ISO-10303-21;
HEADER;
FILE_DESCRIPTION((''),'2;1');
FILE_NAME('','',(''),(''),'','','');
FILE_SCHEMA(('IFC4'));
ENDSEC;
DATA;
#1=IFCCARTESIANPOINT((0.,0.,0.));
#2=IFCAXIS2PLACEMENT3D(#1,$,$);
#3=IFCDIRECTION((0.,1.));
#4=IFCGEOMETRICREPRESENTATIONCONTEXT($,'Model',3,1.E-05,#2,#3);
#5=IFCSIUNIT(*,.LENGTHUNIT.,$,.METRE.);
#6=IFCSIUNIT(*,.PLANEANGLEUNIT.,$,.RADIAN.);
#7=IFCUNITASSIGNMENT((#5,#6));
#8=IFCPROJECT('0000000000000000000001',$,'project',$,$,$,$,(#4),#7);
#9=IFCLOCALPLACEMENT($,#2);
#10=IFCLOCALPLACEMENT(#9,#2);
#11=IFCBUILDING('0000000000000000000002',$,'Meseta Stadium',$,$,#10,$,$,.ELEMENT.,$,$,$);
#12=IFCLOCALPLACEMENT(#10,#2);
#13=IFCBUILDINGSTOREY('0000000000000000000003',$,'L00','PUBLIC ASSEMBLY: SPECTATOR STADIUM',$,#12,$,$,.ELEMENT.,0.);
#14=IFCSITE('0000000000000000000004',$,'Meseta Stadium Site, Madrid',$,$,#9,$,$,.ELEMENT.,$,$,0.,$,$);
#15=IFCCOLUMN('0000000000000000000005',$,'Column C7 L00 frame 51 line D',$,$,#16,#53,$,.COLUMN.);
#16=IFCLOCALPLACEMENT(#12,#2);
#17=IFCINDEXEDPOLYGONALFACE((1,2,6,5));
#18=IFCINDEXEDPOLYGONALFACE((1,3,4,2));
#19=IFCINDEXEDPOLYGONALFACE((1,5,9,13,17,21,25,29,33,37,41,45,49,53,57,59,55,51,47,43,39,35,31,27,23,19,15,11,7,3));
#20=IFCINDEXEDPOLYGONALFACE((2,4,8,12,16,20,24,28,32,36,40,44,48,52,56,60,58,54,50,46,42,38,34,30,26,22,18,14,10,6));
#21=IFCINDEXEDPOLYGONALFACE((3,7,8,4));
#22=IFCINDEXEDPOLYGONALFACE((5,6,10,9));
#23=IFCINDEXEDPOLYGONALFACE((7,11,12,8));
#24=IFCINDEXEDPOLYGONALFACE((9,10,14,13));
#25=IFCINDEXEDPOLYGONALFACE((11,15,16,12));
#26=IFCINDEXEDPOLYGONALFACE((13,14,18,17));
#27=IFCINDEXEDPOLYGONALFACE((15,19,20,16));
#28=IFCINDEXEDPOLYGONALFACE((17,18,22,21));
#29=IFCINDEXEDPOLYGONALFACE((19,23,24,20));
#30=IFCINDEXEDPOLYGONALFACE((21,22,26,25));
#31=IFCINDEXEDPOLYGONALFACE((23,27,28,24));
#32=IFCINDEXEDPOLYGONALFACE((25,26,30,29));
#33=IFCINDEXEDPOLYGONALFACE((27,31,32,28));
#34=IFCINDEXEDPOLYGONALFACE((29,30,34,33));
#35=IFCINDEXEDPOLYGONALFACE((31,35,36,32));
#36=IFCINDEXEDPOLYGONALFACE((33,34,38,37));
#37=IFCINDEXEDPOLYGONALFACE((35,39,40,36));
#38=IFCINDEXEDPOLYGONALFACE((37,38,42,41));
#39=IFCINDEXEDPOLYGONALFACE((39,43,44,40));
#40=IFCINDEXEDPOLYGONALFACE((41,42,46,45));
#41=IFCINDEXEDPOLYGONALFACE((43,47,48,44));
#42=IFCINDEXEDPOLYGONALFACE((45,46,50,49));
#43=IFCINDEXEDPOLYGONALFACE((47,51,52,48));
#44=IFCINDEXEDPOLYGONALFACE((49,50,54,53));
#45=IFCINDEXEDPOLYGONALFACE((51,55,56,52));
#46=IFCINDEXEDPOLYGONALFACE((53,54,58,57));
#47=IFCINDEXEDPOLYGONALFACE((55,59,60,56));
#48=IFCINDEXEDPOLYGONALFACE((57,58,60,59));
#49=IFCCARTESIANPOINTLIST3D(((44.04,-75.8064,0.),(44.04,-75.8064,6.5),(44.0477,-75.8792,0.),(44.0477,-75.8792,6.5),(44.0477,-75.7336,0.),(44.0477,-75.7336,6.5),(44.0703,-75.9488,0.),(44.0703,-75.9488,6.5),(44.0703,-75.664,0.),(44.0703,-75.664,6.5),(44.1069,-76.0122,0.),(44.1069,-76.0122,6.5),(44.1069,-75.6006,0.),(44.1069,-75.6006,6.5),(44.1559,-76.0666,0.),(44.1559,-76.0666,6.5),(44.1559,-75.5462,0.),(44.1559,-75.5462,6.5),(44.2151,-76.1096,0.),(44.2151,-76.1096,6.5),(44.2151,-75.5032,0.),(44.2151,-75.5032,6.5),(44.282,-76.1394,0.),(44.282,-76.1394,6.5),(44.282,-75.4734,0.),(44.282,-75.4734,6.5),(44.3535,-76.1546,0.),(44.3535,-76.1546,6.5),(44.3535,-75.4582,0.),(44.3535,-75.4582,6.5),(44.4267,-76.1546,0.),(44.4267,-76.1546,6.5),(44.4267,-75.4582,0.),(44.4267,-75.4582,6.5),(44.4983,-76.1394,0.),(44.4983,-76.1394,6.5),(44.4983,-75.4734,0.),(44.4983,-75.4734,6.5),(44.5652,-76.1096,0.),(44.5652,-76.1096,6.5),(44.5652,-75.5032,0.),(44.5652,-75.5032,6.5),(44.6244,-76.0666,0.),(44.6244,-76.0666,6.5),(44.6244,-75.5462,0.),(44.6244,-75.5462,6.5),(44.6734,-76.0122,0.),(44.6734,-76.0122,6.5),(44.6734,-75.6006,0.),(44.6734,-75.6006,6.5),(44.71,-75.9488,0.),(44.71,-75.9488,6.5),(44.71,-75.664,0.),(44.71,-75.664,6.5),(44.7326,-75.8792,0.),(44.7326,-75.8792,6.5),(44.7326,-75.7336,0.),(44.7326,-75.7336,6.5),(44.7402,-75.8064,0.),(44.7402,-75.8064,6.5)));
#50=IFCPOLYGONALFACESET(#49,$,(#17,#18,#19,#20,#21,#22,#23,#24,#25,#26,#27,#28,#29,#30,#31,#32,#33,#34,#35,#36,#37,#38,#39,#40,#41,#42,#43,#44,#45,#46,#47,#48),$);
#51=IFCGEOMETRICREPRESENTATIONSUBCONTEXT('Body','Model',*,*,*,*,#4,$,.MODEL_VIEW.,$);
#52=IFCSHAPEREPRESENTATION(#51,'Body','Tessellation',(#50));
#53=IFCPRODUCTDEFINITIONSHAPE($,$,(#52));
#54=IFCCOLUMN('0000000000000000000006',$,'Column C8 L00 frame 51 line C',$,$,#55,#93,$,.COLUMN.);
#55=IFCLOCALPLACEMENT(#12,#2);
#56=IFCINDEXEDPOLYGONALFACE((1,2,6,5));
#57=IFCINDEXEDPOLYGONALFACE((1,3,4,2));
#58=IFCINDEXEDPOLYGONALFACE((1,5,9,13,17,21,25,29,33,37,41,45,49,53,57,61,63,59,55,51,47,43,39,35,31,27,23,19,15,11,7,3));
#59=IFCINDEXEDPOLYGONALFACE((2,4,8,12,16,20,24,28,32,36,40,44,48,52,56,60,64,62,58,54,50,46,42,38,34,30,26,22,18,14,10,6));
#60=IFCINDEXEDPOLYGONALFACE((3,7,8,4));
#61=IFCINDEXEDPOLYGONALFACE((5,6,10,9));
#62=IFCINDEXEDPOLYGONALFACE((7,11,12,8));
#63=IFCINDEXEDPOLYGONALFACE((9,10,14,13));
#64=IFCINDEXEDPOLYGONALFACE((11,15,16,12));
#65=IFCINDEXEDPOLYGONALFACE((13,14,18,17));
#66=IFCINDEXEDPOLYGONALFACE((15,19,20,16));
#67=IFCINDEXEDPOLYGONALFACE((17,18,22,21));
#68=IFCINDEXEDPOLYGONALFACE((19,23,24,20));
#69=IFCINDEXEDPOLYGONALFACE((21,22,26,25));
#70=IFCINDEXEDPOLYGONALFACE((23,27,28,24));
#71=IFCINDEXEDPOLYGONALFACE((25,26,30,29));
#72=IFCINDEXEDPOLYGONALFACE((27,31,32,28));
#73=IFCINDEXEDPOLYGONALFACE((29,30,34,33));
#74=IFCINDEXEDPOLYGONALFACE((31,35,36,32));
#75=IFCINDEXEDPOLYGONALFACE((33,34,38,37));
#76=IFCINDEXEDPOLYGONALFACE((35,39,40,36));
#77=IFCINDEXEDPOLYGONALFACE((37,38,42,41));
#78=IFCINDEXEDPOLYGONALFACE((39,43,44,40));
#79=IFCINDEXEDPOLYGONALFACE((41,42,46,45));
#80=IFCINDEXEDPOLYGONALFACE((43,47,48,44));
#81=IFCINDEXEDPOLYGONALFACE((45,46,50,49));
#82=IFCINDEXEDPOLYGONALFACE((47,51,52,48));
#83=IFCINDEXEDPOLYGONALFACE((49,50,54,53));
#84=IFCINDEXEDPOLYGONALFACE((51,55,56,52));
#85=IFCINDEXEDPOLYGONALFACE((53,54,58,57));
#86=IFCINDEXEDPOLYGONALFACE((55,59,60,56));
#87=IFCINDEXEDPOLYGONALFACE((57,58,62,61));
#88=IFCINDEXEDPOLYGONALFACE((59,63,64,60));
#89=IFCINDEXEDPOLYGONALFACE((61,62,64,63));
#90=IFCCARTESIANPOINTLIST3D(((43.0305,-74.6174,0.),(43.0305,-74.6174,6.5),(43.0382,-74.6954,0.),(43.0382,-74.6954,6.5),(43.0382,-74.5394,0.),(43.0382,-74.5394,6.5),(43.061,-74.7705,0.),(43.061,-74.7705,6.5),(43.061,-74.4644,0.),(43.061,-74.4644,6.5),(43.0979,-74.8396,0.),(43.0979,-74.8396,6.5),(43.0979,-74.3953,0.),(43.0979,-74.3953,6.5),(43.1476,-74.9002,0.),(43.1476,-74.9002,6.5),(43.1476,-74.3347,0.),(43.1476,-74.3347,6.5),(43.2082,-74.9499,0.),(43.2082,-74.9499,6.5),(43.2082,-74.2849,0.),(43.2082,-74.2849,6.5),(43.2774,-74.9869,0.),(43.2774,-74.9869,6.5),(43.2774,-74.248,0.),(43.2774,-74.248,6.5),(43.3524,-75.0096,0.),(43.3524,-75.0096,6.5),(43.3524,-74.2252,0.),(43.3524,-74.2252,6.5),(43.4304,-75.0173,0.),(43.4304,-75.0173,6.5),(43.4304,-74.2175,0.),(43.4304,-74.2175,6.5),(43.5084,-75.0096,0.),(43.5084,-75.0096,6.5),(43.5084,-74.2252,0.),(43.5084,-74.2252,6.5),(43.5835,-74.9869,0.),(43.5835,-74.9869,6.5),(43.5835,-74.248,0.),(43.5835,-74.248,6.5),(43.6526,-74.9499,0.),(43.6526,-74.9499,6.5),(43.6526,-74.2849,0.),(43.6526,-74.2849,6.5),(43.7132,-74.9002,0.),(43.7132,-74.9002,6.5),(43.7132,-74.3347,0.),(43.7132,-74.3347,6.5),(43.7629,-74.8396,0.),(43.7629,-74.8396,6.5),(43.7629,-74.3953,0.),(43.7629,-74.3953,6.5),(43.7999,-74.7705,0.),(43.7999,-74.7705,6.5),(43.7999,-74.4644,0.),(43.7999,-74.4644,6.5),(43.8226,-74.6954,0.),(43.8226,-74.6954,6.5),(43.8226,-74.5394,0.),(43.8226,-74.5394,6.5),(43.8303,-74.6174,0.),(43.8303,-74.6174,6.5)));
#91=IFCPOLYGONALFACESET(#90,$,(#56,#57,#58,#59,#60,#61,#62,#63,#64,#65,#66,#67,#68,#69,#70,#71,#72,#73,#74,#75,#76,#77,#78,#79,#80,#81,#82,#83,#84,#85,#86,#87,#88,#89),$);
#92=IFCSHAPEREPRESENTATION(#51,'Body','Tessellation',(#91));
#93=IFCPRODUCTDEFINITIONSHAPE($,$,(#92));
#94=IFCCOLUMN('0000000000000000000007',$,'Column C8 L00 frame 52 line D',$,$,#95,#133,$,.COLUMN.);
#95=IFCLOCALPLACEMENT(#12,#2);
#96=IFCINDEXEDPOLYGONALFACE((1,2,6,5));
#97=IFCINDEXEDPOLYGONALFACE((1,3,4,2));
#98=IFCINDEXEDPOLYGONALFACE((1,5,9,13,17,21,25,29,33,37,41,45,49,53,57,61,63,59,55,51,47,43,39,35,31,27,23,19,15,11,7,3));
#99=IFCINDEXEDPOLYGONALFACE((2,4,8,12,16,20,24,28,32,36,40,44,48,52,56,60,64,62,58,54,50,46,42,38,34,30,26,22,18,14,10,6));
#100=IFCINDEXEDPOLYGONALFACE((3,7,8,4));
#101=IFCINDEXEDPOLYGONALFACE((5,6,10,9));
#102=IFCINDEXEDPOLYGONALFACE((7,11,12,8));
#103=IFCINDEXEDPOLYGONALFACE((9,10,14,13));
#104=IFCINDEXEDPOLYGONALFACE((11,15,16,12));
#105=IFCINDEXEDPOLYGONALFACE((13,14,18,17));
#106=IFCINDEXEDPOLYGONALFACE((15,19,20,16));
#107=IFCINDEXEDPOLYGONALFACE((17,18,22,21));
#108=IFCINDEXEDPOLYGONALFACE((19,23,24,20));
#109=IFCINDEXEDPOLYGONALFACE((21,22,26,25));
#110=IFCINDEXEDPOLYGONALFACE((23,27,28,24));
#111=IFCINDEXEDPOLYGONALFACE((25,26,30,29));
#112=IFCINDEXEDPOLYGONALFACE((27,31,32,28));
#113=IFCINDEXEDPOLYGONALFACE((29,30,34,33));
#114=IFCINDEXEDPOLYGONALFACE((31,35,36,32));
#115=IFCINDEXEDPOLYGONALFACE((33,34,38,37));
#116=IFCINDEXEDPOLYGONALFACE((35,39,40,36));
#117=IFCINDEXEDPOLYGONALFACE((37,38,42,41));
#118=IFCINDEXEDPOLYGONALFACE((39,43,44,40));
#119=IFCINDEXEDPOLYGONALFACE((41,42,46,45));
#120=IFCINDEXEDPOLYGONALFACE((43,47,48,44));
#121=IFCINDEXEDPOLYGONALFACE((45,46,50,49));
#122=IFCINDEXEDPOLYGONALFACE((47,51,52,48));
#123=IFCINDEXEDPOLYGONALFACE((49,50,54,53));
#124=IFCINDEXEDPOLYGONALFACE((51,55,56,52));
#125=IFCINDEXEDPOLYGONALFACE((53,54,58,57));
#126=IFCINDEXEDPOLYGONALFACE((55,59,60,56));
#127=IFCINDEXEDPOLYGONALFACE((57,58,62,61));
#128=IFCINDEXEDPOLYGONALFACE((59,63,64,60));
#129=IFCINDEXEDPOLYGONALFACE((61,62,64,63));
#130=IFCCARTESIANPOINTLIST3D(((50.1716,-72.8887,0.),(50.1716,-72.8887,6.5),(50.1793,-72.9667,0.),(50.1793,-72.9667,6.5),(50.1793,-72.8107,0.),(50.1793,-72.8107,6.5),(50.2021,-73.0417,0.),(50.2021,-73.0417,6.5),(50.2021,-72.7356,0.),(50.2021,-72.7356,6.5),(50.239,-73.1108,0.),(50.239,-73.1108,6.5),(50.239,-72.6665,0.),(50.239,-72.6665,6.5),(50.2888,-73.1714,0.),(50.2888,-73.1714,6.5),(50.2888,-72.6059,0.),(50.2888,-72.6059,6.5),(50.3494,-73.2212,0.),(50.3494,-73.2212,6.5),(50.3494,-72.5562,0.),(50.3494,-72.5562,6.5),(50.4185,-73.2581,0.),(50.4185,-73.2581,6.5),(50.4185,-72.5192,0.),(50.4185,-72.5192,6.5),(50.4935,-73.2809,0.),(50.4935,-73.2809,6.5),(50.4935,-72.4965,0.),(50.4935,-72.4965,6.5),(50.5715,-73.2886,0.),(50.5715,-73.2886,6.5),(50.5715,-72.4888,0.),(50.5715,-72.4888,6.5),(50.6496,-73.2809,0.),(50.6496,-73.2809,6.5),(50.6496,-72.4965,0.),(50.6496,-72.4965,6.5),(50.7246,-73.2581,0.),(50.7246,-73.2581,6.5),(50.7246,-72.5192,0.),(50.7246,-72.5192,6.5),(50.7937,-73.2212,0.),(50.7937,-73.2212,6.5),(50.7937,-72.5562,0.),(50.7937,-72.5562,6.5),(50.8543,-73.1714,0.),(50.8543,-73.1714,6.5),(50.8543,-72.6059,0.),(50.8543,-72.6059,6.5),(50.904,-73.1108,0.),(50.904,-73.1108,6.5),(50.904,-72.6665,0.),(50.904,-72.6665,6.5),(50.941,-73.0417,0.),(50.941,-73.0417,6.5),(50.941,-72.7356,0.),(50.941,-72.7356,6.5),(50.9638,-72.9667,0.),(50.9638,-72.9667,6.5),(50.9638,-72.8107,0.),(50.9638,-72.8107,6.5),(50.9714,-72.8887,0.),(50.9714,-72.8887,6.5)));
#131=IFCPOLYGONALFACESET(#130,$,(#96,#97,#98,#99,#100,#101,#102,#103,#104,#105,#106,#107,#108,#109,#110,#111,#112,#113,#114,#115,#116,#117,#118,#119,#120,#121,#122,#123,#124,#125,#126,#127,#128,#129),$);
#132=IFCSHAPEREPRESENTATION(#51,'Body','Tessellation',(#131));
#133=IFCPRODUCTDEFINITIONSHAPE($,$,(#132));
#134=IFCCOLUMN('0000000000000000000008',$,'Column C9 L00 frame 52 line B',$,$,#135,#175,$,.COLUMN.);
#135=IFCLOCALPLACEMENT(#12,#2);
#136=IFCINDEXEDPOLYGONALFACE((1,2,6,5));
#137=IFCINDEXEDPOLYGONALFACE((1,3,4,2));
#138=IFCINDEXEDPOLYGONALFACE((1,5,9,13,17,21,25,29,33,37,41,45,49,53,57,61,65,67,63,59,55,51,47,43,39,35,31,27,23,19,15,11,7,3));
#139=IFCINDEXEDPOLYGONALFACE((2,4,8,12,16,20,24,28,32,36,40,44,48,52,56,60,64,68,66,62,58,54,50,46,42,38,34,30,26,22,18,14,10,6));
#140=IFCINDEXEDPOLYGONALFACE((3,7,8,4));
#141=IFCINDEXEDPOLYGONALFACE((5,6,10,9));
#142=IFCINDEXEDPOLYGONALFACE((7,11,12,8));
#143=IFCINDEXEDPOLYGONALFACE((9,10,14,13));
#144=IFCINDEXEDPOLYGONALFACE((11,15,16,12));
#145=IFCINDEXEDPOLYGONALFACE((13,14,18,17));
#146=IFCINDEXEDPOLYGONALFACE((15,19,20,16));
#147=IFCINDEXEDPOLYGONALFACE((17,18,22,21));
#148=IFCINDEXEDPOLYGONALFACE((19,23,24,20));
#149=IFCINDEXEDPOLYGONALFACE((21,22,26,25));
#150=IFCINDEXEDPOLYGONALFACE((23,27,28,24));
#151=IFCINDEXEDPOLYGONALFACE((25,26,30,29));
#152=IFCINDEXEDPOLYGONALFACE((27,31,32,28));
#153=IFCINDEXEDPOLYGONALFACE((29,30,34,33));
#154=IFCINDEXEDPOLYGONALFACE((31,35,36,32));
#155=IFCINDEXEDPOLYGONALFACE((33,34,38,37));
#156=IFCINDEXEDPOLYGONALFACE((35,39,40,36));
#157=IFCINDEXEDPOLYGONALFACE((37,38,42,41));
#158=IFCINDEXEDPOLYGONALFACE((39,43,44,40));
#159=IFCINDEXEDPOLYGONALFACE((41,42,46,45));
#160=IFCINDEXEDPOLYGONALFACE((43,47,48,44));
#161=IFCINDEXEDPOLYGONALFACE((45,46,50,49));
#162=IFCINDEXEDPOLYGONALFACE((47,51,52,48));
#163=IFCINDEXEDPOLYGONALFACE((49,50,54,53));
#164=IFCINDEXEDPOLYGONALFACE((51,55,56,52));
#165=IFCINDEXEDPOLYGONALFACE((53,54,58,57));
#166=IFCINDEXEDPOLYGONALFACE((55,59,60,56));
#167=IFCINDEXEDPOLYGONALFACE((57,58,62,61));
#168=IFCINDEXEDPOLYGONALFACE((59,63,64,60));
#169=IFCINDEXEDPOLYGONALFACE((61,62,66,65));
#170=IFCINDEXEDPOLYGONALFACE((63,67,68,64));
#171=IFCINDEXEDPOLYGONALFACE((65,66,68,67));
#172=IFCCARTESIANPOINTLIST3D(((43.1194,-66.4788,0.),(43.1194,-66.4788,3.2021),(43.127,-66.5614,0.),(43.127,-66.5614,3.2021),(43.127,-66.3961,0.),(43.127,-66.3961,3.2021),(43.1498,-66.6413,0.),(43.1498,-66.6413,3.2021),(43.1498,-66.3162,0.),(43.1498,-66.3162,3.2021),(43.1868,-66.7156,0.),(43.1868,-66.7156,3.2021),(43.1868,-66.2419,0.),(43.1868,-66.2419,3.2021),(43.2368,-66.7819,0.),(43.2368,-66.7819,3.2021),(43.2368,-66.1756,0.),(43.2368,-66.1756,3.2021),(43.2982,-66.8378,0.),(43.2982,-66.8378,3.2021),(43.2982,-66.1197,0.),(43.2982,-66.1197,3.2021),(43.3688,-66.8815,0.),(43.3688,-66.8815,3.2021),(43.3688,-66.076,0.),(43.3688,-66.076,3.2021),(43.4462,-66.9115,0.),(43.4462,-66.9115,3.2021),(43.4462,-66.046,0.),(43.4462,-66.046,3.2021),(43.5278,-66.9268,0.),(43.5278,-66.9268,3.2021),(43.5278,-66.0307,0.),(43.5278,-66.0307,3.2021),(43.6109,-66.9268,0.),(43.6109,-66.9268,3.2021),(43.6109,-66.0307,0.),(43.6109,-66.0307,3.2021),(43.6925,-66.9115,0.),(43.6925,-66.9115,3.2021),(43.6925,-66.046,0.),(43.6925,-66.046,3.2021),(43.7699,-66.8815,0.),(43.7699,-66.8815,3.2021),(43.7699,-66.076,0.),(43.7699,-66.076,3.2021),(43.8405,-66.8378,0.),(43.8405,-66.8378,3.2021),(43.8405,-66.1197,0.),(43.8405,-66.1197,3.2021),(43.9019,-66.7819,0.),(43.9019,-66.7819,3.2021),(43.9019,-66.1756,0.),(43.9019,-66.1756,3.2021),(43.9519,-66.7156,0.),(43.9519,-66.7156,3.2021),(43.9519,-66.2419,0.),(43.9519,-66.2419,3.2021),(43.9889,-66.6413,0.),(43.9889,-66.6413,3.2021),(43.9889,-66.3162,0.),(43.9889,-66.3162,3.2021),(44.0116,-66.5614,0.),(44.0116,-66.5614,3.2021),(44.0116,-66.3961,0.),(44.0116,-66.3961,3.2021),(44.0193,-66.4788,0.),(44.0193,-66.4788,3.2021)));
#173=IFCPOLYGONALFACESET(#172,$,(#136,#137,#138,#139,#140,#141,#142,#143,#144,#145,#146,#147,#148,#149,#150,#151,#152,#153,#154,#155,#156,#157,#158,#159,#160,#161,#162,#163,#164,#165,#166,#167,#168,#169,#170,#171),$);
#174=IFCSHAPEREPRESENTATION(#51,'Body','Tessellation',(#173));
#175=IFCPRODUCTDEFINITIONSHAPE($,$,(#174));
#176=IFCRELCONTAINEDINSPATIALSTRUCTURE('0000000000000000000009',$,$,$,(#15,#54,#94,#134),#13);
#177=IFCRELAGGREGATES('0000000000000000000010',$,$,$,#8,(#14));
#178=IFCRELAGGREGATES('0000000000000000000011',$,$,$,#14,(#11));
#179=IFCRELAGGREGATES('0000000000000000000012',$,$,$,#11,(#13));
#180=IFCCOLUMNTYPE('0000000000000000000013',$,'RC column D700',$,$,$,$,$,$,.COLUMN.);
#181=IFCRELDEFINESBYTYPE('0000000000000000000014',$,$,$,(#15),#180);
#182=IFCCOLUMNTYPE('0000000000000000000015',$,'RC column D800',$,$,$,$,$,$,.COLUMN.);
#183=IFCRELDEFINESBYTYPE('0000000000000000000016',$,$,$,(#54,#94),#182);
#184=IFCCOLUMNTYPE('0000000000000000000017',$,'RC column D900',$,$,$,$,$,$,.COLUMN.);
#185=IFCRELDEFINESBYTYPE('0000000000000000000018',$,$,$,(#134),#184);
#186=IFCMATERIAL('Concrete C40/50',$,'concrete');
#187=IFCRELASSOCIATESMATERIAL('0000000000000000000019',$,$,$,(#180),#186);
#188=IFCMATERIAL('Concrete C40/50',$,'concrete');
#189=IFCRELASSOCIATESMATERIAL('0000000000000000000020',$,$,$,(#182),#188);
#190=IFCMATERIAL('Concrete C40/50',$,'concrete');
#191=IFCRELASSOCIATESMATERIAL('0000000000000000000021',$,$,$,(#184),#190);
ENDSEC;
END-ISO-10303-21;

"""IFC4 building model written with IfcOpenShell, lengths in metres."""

from ifc_helpers import new_model, si_unit, direction, frame, origin, origin_2d, place, context, subcontext, project, spatial, circle, extrude, material, material_profile, profile_set, type_object, element, save


model = new_model("IFC4")

# Units and contexts
model_context = context("Model", 3, precision=1e-05, world=origin(), true_north=direction((0.0, 1.0)))
body_context = subcontext(model_context, "Body", "Model", "MODEL_VIEW")
ifc_project = project(units=[si_unit("LENGTHUNIT", "METRE"), si_unit("PLANEANGLEUNIT", "RADIAN")], contexts=[model_context])

# Site, building, storey
site_placement = place(None, origin())
site = spatial("IfcSite", under=ifc_project, at=site_placement, Name="Meseta Stadium Site, Madrid", CompositionType="ELEMENT", RefElevation=0.0)
building_placement = place(site_placement, origin())
building = spatial("IfcBuilding", under=site, at=building_placement, Name="Meseta Stadium", CompositionType="ELEMENT")
storey_placement = place(building_placement, origin())
storey = spatial("IfcBuildingStorey", under=building, at=storey_placement, Name="L00", Description="PUBLIC ASSEMBLY: SPECTATOR STADIUM", CompositionType="ELEMENT", Elevation=0.0)

# Columns
ifc_material_1 = material(Name="Concrete C40/50", Category="concrete")
ifc_material_profile_1 = material_profile(ifc_material_1, circle(Radius=0.3501, at=origin_2d()), Name="RC D700")
ifc_profile_set_1 = profile_set([ifc_material_profile_1], Name="Concrete C40/50")
column_type_1 = type_object("IfcColumnType", Name="RC column D700", PredefinedType="COLUMN", material=ifc_profile_set_1)
column_1_placement = place(storey_placement, frame((44.3901, -75.8064, 0.0), z_axis=(0.0, 0.0, 1.0), x_axis=(1.0, 0.0, 0.0)))
element("IfcColumn", 1, at=column_1_placement, inside=storey, type_object=column_type_1, Name="Column C7 L00 frame 51 line D", PredefinedType="COLUMN", context=body_context, shape_type="SweptSolid", body=[
    extrude(circle(Radius=0.3501, at=origin_2d()), origin(), (0.0, 0.0, 1.0), 6.5),
])
ifc_material_2 = material(Name="Concrete C40/50", Category="concrete")
ifc_material_profile_2 = material_profile(ifc_material_2, circle(Radius=0.3999, at=origin_2d()), Name="RC D800")
ifc_profile_set_2 = profile_set([ifc_material_profile_2], Name="Concrete C40/50")
column_type_2 = type_object("IfcColumnType", Name="RC column D800", PredefinedType="COLUMN", material=ifc_profile_set_2)
for number, where, z_axis, x_axis, name in (
    (2, (43.4304, -74.6174, 0.0), (0.0, 0.0, 1.0), (1.0, 0.0, 0.0), "Column C8 L00 frame 51 line C"),
    (3, (50.5715, -72.8887, 0.0), (0.0, 0.0, 1.0), (1.0, 0.0, 0.0), "Column C8 L00 frame 52 line D"),
):
    element("IfcColumn", number, at=place(storey_placement, frame(where, z_axis=z_axis, x_axis=x_axis)), inside=storey, type_object=column_type_2, Name=name, PredefinedType="COLUMN", context=body_context, shape_type="SweptSolid", body=[
        extrude(circle(Radius=0.3999, at=origin_2d()), origin(), (0.0, 0.0, 1.0), 6.5),
    ])
ifc_material_3 = material(Name="Concrete C40/50", Category="concrete")
ifc_material_profile_3 = material_profile(ifc_material_3, circle(Radius=0.45, at=origin_2d()), Name="RC D900")
ifc_profile_set_3 = profile_set([ifc_material_profile_3], Name="Concrete C40/50")
column_type_3 = type_object("IfcColumnType", Name="RC column D900", PredefinedType="COLUMN", material=ifc_profile_set_3)
column_2_placement = place(storey_placement, frame((43.5693, -66.4788, 0.0), z_axis=(0.0, 0.0, 1.0), x_axis=(1.0, 0.0, 0.0)))
element("IfcColumn", 4, at=column_2_placement, inside=storey, type_object=column_type_3, Name="Column C9 L00 frame 52 line B", PredefinedType="COLUMN", context=body_context, shape_type="SweptSolid", body=[
    extrude(circle(Radius=0.45, at=origin_2d()), origin(), (0.0, 0.0, 1.0), 3.2021),
])

save(model, "model.ifc")
